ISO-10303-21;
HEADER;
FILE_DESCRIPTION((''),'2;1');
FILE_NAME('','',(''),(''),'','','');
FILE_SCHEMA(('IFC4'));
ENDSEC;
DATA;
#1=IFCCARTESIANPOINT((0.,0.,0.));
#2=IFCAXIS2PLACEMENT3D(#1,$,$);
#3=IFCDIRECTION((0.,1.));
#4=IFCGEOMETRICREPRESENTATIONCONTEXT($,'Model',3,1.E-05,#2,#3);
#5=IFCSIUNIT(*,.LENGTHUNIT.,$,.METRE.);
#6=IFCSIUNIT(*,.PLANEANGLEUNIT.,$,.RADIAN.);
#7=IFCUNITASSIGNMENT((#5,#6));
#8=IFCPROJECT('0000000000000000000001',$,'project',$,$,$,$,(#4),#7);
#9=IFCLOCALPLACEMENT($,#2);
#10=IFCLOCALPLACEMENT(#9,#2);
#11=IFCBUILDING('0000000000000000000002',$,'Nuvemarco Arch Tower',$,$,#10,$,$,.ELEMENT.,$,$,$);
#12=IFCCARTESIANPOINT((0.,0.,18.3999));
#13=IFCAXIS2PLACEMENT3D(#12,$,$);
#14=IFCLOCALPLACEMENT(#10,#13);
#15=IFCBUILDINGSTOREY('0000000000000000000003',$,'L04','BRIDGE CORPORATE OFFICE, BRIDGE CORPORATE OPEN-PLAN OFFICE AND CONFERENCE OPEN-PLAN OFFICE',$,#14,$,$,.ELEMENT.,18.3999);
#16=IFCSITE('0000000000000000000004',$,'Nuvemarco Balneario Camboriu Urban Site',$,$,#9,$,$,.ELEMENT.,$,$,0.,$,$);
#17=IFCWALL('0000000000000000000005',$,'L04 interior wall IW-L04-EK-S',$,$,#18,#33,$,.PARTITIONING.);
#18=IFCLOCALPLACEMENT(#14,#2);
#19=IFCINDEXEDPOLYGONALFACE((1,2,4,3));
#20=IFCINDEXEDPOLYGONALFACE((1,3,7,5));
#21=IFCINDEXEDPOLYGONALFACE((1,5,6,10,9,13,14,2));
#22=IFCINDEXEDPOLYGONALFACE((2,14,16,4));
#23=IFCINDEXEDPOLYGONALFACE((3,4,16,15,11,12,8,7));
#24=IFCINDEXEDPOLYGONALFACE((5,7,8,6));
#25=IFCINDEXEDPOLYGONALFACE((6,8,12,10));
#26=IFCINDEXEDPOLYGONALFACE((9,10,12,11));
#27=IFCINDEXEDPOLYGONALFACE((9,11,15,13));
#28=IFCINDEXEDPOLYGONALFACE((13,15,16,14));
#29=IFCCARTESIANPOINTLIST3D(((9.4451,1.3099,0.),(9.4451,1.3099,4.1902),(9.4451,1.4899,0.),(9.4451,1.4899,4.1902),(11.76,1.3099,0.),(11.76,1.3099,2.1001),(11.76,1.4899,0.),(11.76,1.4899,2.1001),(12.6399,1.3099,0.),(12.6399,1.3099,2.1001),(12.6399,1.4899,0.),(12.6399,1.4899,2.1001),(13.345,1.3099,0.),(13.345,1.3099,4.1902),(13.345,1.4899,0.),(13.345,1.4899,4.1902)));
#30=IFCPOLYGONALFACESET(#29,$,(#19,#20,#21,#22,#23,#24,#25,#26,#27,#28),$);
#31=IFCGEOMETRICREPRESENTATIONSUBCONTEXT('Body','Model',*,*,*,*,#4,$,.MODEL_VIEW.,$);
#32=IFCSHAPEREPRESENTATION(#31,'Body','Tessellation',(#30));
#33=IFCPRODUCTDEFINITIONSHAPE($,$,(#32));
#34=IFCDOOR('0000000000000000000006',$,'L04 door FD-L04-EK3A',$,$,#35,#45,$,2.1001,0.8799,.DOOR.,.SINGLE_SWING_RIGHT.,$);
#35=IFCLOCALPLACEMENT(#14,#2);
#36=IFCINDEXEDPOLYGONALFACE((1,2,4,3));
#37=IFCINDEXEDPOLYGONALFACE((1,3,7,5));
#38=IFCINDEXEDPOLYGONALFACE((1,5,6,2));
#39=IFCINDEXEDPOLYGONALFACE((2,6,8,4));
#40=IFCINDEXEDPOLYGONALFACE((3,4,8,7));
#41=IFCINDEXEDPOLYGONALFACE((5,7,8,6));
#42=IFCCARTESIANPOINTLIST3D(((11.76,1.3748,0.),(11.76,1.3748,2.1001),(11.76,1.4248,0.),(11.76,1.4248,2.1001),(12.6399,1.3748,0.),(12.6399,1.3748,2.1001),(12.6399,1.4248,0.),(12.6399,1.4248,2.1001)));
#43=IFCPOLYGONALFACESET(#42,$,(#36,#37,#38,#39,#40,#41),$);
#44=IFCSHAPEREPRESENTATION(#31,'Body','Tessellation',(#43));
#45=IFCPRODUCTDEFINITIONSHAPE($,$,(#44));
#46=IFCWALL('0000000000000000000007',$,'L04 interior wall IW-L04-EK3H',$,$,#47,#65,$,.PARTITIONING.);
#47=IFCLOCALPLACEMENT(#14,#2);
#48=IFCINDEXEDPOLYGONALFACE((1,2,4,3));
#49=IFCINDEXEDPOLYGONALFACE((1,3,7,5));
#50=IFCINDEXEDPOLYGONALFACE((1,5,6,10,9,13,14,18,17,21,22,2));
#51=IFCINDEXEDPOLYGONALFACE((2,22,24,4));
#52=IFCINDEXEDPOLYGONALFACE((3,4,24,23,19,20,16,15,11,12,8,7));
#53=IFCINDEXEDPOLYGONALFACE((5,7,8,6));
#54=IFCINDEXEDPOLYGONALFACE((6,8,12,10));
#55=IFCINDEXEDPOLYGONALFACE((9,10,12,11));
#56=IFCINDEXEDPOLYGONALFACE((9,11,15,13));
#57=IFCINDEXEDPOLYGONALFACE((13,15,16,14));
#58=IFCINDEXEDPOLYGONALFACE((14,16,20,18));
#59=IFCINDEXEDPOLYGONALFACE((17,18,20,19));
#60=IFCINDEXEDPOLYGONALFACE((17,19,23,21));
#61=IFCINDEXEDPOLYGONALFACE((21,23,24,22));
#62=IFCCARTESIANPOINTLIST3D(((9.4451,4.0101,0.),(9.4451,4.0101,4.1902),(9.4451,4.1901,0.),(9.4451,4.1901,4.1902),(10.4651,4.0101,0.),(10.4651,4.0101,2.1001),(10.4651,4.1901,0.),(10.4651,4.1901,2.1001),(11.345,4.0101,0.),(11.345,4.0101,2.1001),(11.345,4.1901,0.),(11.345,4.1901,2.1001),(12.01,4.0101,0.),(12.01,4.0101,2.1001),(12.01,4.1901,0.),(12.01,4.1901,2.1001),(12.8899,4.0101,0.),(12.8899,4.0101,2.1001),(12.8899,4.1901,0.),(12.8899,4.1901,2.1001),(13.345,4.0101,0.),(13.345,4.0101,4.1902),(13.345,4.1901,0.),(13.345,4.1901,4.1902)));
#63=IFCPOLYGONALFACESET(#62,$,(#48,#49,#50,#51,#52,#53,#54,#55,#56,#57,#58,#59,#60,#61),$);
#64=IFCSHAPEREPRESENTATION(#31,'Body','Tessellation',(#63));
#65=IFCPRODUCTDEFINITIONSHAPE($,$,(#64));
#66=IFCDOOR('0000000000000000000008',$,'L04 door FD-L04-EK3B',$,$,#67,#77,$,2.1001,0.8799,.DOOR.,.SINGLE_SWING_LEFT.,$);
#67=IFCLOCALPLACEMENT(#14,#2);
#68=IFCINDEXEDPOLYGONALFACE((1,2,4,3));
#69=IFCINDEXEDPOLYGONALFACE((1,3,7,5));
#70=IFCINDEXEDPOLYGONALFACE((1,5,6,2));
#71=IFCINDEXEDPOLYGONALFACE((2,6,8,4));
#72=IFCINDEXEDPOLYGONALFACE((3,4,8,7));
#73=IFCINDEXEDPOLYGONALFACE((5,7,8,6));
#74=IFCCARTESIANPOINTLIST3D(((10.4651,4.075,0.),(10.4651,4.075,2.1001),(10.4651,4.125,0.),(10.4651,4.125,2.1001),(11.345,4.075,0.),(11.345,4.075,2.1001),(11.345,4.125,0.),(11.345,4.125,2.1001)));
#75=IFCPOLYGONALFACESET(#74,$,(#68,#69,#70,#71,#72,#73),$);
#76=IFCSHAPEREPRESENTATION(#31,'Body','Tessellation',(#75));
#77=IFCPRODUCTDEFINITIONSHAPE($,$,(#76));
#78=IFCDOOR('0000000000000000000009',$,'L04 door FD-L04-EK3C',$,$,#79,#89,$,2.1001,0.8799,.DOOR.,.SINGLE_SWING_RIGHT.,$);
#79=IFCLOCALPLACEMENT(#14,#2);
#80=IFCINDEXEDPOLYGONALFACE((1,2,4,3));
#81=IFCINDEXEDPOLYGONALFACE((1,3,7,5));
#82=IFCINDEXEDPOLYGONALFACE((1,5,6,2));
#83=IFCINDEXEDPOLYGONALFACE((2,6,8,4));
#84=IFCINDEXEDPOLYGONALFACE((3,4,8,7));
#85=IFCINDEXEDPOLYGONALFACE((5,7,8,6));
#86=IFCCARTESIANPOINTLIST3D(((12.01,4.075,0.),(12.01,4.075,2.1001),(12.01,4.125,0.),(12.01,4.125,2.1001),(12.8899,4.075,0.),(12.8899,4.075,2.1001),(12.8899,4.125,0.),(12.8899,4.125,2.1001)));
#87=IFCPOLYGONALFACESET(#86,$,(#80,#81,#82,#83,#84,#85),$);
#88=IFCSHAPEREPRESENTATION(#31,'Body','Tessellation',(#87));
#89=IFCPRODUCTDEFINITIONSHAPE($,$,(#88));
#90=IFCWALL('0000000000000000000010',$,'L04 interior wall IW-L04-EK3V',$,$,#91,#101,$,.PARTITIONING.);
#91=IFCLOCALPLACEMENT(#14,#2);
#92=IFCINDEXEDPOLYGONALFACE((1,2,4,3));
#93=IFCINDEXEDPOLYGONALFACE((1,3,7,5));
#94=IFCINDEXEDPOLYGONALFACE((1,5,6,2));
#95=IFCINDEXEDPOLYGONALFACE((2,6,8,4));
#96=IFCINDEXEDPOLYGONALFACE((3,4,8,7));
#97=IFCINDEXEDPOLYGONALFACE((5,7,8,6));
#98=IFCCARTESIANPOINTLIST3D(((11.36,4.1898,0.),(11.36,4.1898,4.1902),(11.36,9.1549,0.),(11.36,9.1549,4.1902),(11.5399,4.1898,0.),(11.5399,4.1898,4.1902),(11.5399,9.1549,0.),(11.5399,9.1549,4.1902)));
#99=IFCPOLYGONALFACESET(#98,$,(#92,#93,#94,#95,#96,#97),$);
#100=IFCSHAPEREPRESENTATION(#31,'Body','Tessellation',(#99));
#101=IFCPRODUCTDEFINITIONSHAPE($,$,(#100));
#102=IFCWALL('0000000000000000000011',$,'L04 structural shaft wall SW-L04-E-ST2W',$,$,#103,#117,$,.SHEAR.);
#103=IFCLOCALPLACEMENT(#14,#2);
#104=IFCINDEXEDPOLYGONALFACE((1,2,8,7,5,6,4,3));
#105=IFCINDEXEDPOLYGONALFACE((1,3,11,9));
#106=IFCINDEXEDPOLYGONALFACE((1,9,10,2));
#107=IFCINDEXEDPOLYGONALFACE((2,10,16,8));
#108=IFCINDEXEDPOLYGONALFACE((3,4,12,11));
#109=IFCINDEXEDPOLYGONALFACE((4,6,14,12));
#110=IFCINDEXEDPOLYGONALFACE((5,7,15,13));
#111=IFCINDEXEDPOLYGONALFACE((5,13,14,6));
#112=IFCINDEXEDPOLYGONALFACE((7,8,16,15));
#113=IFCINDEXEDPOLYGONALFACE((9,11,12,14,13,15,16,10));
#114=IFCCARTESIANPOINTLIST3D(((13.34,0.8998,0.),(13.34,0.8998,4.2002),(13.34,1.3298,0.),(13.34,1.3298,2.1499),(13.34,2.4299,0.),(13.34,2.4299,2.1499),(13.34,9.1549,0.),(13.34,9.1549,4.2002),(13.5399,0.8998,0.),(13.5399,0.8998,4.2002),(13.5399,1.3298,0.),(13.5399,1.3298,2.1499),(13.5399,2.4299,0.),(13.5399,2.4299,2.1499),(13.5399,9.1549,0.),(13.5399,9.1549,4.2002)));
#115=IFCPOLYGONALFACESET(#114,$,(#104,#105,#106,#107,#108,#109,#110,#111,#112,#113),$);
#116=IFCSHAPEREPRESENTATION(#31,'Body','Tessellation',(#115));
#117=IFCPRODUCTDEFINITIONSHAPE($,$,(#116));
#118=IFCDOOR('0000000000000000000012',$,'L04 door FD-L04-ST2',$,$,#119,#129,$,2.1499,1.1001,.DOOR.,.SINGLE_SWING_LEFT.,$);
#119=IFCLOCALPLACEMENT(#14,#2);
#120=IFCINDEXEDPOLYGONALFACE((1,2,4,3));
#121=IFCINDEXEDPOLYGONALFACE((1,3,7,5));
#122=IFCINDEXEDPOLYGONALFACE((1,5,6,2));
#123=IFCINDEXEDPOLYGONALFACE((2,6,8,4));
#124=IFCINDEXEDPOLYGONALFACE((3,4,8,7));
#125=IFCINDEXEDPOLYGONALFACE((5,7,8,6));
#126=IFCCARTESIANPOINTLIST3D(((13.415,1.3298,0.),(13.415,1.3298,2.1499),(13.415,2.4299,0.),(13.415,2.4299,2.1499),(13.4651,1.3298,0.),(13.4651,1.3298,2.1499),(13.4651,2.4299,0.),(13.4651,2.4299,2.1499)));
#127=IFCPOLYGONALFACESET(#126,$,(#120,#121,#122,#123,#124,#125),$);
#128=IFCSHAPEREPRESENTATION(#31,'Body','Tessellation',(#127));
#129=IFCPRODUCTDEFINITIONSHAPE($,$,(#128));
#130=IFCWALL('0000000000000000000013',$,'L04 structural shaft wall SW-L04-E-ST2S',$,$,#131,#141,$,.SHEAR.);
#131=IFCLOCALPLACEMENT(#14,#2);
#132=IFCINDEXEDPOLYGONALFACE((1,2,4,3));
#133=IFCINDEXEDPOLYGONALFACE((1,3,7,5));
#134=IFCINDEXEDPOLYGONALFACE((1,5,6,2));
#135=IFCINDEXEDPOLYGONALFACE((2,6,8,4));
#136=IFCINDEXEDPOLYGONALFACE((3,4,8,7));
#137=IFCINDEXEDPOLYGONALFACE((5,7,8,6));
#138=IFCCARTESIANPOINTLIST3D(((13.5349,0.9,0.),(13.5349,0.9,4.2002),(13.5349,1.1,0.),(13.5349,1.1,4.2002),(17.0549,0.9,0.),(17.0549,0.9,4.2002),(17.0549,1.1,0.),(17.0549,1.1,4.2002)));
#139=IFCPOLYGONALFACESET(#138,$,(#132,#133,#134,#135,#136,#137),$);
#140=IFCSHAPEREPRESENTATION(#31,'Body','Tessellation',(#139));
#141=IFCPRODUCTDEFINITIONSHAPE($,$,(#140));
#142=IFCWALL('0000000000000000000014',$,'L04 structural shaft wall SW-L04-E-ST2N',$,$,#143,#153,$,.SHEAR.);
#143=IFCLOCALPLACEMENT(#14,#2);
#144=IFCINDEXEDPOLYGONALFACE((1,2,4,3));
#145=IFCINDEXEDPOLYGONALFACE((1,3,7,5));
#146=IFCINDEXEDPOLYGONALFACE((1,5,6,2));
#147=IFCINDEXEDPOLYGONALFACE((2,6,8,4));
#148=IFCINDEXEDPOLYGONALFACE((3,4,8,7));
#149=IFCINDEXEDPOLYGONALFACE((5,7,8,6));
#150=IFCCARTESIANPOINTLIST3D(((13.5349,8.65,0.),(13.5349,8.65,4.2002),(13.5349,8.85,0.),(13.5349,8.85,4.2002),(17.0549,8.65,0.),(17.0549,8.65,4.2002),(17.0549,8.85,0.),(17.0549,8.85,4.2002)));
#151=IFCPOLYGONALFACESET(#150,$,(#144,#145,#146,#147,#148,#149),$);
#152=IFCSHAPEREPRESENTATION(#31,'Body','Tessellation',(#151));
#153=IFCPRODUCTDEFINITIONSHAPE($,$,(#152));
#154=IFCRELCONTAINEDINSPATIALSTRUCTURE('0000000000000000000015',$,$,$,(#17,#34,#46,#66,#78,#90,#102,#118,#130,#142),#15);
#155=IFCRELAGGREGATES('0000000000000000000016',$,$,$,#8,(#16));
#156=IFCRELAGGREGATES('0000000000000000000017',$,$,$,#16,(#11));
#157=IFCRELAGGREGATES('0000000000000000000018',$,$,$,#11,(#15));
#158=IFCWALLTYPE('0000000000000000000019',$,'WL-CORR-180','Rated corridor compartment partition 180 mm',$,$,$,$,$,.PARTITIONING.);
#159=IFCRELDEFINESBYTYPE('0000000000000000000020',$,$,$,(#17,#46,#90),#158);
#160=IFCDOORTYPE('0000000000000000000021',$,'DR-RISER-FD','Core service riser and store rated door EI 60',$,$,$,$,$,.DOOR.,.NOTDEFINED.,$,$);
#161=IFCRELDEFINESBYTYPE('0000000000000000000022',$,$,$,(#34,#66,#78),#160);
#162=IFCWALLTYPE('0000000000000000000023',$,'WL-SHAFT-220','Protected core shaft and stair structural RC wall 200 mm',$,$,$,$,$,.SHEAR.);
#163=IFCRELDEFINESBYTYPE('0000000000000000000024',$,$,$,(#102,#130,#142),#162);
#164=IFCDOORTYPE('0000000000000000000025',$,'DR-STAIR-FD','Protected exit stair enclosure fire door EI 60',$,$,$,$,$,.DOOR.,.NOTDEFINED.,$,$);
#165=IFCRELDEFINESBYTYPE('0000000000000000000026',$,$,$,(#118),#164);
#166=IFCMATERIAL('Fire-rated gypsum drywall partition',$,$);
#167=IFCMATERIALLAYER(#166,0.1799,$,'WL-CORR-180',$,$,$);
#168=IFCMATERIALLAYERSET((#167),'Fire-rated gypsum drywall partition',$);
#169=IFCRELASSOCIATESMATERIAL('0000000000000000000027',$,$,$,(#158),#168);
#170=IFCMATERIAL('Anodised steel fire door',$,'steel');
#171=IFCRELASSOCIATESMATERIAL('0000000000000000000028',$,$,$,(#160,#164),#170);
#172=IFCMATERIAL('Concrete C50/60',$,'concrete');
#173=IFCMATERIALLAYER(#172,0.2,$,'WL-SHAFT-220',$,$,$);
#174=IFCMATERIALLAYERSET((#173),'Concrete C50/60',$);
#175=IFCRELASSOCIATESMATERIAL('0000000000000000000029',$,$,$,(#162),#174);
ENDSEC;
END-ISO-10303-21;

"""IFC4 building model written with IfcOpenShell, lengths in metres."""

from ifc_helpers import new_model, si_unit, direction, frame, frame_2d, origin, place, context, subcontext, project, spatial, rectangle, extrude, source, transform, mapped, material, layer, layer_set, type_object, type_shapes, element, fill, save


model = new_model("IFC4")

# Units and contexts
model_context = context("Model", 3, precision=1e-05, world=origin(), true_north=direction((0.0, 1.0)))
body_context = subcontext(model_context, "Body", "Model", "MODEL_VIEW")
ifc_project = project(units=[si_unit("LENGTHUNIT", "METRE"), si_unit("PLANEANGLEUNIT", "RADIAN")], contexts=[model_context])

# Site, building, storey
site_placement = place(None, origin())
site = spatial("IfcSite", under=ifc_project, at=site_placement, Name="Nuvemarco Balneario Camboriu Urban Site", CompositionType="ELEMENT", RefElevation=0.0)
building_placement = place(site_placement, origin())
building = spatial("IfcBuilding", under=site, at=building_placement, Name="Nuvemarco Arch Tower", CompositionType="ELEMENT")
storey_placement = place(building_placement, frame((0.0, 0.0, 18.3999)))
storey = spatial("IfcBuildingStorey", under=building, at=storey_placement, Name="L04", Description="BRIDGE CORPORATE OFFICE, BRIDGE CORPORATE OPEN-PLAN OFFICE AND CONFERENCE OPEN-PLAN OFFICE", CompositionType="ELEMENT", Elevation=18.3999)

# Wall, opening, door
ifc_material_1 = material(Name="Fire-rated gypsum drywall partition")
ifc_layer_1 = layer(ifc_material_1, 0.1799, Name="WL-CORR-180")
ifc_layer_set_1 = layer_set([ifc_layer_1], Name="Fire-rated gypsum drywall partition")
wall_type_1 = type_object("IfcWallType", Name="WL-CORR-180", Description="Rated corridor compartment partition 180 mm", PredefinedType="PARTITIONING", material=ifc_layer_set_1)
wall_1_placement = place(storey_placement, frame((9.4451, 1.3999, 0.0), z_axis=(0.0, 0.0, 1.0), x_axis=(1.0, 0.0, 0.0)))
wall_1 = element("IfcWall", 1, at=wall_1_placement, inside=storey, type_object=wall_type_1, Name="L04 interior wall IW-L04-EK-S", PredefinedType="PARTITIONING", context=body_context, shape_type="SweptSolid", body=[
    extrude(rectangle(XDim=3.8999, YDim=0.1799, at=frame_2d((1.95, 0.0))), origin(), (0.0, 0.0, 1.0), 4.1902),
])
opening_1_placement = place(wall_1_placement, frame((2.3149, 0.0, 0.0)))
opening_1 = element("IfcOpeningElement", 2, at=opening_1_placement, cuts=wall_1, PredefinedType="OPENING", context=body_context, shape_type="SweptSolid", body=[
    extrude(rectangle(XDim=0.8799, YDim=2.1001, at=frame_2d((0.4399, 1.05))), frame((0.0, 0.0999, 0.0), z_axis=(0.0, -1.0, 0.0), x_axis=(1.0, 0.0, 0.0)), (0.0, 0.0, 1.0), 0.2),
])
ifc_material_2 = material(Name="Anodised steel fire door", Category="steel")
door_type_1 = type_object("IfcDoorType", Name="DR-RISER-FD", Description="Core service riser and store rated door EI 60", OperationType="NOTDEFINED", PredefinedType="DOOR", material=ifc_material_2)
shared_shape_1 = source(origin(), body_context, "Body", "SweptSolid", [
    extrude(rectangle(XDim=0.8799, YDim=2.1001, at=frame_2d((0.4399, 1.05))), frame((0.0, 0.0249, 0.0), z_axis=(0.0, -1.0, 0.0), x_axis=(1.0, 0.0, 0.0)), (0.0, 0.0, 1.0), 0.05),
])
type_shapes(door_type_1, [shared_shape_1])
door_1_placement = place(opening_1_placement, origin())
door_1 = element("IfcDoor", 3, at=door_1_placement, inside=storey, type_object=door_type_1, Name="L04 door FD-L04-EK3A", OperationType="SINGLE_SWING_RIGHT", OverallHeight=2.1001, OverallWidth=0.8799, PredefinedType="DOOR", context=body_context, shape_type="MappedRepresentation", body=[
    mapped(shared_shape_1, transform((0.0, 0.0, 0.0), scale=1.0)),
])
fill(opening_1, door_1)

# Wall, openings, doors
wall_2_placement = place(storey_placement, frame((9.4451, 4.1001, 0.0), z_axis=(0.0, 0.0, 1.0), x_axis=(1.0, 0.0, 0.0)))
wall_2 = element("IfcWall", 4, at=wall_2_placement, inside=storey, type_object=wall_type_1, Name="L04 interior wall IW-L04-EK3H", PredefinedType="PARTITIONING", context=body_context, shape_type="SweptSolid", body=[
    extrude(rectangle(XDim=3.8999, YDim=0.1799, at=frame_2d((1.95, 0.0))), origin(), (0.0, 0.0, 1.0), 4.1902),
])
opening_2_placement = place(wall_2_placement, frame((1.02, 0.0, 0.0)))
opening_2 = element("IfcOpeningElement", 5, at=opening_2_placement, cuts=wall_2, PredefinedType="OPENING", context=body_context, shape_type="SweptSolid", body=[
    extrude(rectangle(XDim=0.8799, YDim=2.1001, at=frame_2d((0.4399, 1.05))), frame((0.0, 0.0999, 0.0), z_axis=(0.0, -1.0, 0.0), x_axis=(1.0, 0.0, 0.0)), (0.0, 0.0, 1.0), 0.2),
])
opening_3_placement = place(wall_2_placement, frame((2.5649, 0.0, 0.0)))
opening_3 = element("IfcOpeningElement", 6, at=opening_3_placement, cuts=wall_2, PredefinedType="OPENING", context=body_context, shape_type="SweptSolid", body=[
    extrude(rectangle(XDim=0.8799, YDim=2.1001, at=frame_2d((0.4399, 1.05))), frame((0.0, 0.0999, 0.0), z_axis=(0.0, -1.0, 0.0), x_axis=(1.0, 0.0, 0.0)), (0.0, 0.0, 1.0), 0.2),
])
door_2_placement = place(opening_2_placement, origin())
door_2 = element("IfcDoor", 7, at=door_2_placement, inside=storey, type_object=door_type_1, Name="L04 door FD-L04-EK3B", OperationType="SINGLE_SWING_LEFT", OverallHeight=2.1001, OverallWidth=0.8799, PredefinedType="DOOR", context=body_context, shape_type="MappedRepresentation", body=[
    mapped(shared_shape_1, transform((0.0, 0.0, 0.0), scale=1.0)),
])
fill(opening_2, door_2)
door_3_placement = place(opening_3_placement, origin())
door_3 = element("IfcDoor", 8, at=door_3_placement, inside=storey, type_object=door_type_1, Name="L04 door FD-L04-EK3C", OperationType="SINGLE_SWING_RIGHT", OverallHeight=2.1001, OverallWidth=0.8799, PredefinedType="DOOR", context=body_context, shape_type="MappedRepresentation", body=[
    mapped(shared_shape_1, transform((0.0, 0.0, 0.0), scale=1.0)),
])
fill(opening_3, door_3)

# Wall
wall_3_placement = place(storey_placement, frame((11.45, 4.1899, 0.0), z_axis=(0.0, 0.0, 1.0), x_axis=(0.0, 1.0, 0.0)))
element("IfcWall", 9, at=wall_3_placement, inside=storey, type_object=wall_type_1, Name="L04 interior wall IW-L04-EK3V", PredefinedType="PARTITIONING", context=body_context, shape_type="SweptSolid", body=[
    extrude(rectangle(XDim=4.9651, YDim=0.1799, at=frame_2d((2.4824, 0.0))), origin(), (0.0, 0.0, 1.0), 4.1902),
])

# Wall, opening, door
ifc_material_3 = material(Name="Concrete C50/60", Category="concrete")
ifc_layer_2 = layer(ifc_material_3, 0.2, Name="WL-SHAFT-220")
ifc_layer_set_2 = layer_set([ifc_layer_2], Name="Concrete C50/60")
wall_type_2 = type_object("IfcWallType", Name="WL-SHAFT-220", Description="Protected core shaft and stair structural RC wall 200 mm", PredefinedType="SHEAR", material=ifc_layer_set_2)
wall_4_placement = place(storey_placement, frame((13.4399, 0.8999, 0.0), z_axis=(0.0, 0.0, 1.0), x_axis=(0.0, 1.0, 0.0)))
wall_4 = element("IfcWall", 10, at=wall_4_placement, inside=storey, type_object=wall_type_2, Name="L04 structural shaft wall SW-L04-E-ST2W", PredefinedType="SHEAR", context=body_context, shape_type="SweptSolid", body=[
    extrude(rectangle(XDim=8.2551, YDim=0.2, at=frame_2d((4.1274, 0.0))), origin(), (0.0, 0.0, 1.0), 4.2002),
])
opening_4_placement = place(wall_4_placement, frame((0.4299, 0.0, 0.0)))
opening_4 = element("IfcOpeningElement", 11, at=opening_4_placement, cuts=wall_4, PredefinedType="OPENING", context=body_context, shape_type="SweptSolid", body=[
    extrude(rectangle(XDim=1.1001, YDim=2.1499, at=frame_2d((0.55, 1.075))), frame((0.0, 0.1099, 0.0), z_axis=(0.0, -1.0, 0.0), x_axis=(1.0, 0.0, 0.0)), (0.0, 0.0, 1.0), 0.22),
])
door_type_2 = type_object("IfcDoorType", Name="DR-STAIR-FD", Description="Protected exit stair enclosure fire door EI 60", OperationType="NOTDEFINED", PredefinedType="DOOR", material=ifc_material_2)
shared_shape_2 = source(origin(), body_context, "Body", "SweptSolid", [
    extrude(rectangle(XDim=1.1001, YDim=2.1499, at=frame_2d((0.55, 1.075))), frame((0.0, 0.0249, 0.0), z_axis=(0.0, -1.0, 0.0), x_axis=(1.0, 0.0, 0.0)), (0.0, 0.0, 1.0), 0.05),
])
type_shapes(door_type_2, [shared_shape_2])
door_4_placement = place(opening_4_placement, origin())
door_4 = element("IfcDoor", 12, at=door_4_placement, inside=storey, type_object=door_type_2, Name="L04 door FD-L04-ST2", OperationType="SINGLE_SWING_LEFT", OverallHeight=2.1499, OverallWidth=1.1001, PredefinedType="DOOR", context=body_context, shape_type="MappedRepresentation", body=[
    mapped(shared_shape_2, transform((0.0, 0.0, 0.0), scale=1.0)),
])
fill(opening_4, door_4)

# Walls
for number, where, z_axis, x_axis, name in (
    (13, (13.5349, 1.0, 0.0), (0.0, 0.0, 1.0), (1.0, 0.0, 0.0), "L04 structural shaft wall SW-L04-E-ST2S"),
    (14, (13.5349, 8.75, 0.0), (0.0, 0.0, 1.0), (1.0, 0.0, 0.0), "L04 structural shaft wall SW-L04-E-ST2N"),
):
    element("IfcWall", number, at=place(storey_placement, frame(where, z_axis=z_axis, x_axis=x_axis)), inside=storey, type_object=wall_type_2, Name=name, PredefinedType="SHEAR", context=body_context, shape_type="SweptSolid", body=[
        extrude(rectangle(XDim=3.52, YDim=0.2, at=frame_2d((1.76, 0.0))), origin(), (0.0, 0.0, 1.0), 4.2002),
    ])

save(model, "model.ifc")
